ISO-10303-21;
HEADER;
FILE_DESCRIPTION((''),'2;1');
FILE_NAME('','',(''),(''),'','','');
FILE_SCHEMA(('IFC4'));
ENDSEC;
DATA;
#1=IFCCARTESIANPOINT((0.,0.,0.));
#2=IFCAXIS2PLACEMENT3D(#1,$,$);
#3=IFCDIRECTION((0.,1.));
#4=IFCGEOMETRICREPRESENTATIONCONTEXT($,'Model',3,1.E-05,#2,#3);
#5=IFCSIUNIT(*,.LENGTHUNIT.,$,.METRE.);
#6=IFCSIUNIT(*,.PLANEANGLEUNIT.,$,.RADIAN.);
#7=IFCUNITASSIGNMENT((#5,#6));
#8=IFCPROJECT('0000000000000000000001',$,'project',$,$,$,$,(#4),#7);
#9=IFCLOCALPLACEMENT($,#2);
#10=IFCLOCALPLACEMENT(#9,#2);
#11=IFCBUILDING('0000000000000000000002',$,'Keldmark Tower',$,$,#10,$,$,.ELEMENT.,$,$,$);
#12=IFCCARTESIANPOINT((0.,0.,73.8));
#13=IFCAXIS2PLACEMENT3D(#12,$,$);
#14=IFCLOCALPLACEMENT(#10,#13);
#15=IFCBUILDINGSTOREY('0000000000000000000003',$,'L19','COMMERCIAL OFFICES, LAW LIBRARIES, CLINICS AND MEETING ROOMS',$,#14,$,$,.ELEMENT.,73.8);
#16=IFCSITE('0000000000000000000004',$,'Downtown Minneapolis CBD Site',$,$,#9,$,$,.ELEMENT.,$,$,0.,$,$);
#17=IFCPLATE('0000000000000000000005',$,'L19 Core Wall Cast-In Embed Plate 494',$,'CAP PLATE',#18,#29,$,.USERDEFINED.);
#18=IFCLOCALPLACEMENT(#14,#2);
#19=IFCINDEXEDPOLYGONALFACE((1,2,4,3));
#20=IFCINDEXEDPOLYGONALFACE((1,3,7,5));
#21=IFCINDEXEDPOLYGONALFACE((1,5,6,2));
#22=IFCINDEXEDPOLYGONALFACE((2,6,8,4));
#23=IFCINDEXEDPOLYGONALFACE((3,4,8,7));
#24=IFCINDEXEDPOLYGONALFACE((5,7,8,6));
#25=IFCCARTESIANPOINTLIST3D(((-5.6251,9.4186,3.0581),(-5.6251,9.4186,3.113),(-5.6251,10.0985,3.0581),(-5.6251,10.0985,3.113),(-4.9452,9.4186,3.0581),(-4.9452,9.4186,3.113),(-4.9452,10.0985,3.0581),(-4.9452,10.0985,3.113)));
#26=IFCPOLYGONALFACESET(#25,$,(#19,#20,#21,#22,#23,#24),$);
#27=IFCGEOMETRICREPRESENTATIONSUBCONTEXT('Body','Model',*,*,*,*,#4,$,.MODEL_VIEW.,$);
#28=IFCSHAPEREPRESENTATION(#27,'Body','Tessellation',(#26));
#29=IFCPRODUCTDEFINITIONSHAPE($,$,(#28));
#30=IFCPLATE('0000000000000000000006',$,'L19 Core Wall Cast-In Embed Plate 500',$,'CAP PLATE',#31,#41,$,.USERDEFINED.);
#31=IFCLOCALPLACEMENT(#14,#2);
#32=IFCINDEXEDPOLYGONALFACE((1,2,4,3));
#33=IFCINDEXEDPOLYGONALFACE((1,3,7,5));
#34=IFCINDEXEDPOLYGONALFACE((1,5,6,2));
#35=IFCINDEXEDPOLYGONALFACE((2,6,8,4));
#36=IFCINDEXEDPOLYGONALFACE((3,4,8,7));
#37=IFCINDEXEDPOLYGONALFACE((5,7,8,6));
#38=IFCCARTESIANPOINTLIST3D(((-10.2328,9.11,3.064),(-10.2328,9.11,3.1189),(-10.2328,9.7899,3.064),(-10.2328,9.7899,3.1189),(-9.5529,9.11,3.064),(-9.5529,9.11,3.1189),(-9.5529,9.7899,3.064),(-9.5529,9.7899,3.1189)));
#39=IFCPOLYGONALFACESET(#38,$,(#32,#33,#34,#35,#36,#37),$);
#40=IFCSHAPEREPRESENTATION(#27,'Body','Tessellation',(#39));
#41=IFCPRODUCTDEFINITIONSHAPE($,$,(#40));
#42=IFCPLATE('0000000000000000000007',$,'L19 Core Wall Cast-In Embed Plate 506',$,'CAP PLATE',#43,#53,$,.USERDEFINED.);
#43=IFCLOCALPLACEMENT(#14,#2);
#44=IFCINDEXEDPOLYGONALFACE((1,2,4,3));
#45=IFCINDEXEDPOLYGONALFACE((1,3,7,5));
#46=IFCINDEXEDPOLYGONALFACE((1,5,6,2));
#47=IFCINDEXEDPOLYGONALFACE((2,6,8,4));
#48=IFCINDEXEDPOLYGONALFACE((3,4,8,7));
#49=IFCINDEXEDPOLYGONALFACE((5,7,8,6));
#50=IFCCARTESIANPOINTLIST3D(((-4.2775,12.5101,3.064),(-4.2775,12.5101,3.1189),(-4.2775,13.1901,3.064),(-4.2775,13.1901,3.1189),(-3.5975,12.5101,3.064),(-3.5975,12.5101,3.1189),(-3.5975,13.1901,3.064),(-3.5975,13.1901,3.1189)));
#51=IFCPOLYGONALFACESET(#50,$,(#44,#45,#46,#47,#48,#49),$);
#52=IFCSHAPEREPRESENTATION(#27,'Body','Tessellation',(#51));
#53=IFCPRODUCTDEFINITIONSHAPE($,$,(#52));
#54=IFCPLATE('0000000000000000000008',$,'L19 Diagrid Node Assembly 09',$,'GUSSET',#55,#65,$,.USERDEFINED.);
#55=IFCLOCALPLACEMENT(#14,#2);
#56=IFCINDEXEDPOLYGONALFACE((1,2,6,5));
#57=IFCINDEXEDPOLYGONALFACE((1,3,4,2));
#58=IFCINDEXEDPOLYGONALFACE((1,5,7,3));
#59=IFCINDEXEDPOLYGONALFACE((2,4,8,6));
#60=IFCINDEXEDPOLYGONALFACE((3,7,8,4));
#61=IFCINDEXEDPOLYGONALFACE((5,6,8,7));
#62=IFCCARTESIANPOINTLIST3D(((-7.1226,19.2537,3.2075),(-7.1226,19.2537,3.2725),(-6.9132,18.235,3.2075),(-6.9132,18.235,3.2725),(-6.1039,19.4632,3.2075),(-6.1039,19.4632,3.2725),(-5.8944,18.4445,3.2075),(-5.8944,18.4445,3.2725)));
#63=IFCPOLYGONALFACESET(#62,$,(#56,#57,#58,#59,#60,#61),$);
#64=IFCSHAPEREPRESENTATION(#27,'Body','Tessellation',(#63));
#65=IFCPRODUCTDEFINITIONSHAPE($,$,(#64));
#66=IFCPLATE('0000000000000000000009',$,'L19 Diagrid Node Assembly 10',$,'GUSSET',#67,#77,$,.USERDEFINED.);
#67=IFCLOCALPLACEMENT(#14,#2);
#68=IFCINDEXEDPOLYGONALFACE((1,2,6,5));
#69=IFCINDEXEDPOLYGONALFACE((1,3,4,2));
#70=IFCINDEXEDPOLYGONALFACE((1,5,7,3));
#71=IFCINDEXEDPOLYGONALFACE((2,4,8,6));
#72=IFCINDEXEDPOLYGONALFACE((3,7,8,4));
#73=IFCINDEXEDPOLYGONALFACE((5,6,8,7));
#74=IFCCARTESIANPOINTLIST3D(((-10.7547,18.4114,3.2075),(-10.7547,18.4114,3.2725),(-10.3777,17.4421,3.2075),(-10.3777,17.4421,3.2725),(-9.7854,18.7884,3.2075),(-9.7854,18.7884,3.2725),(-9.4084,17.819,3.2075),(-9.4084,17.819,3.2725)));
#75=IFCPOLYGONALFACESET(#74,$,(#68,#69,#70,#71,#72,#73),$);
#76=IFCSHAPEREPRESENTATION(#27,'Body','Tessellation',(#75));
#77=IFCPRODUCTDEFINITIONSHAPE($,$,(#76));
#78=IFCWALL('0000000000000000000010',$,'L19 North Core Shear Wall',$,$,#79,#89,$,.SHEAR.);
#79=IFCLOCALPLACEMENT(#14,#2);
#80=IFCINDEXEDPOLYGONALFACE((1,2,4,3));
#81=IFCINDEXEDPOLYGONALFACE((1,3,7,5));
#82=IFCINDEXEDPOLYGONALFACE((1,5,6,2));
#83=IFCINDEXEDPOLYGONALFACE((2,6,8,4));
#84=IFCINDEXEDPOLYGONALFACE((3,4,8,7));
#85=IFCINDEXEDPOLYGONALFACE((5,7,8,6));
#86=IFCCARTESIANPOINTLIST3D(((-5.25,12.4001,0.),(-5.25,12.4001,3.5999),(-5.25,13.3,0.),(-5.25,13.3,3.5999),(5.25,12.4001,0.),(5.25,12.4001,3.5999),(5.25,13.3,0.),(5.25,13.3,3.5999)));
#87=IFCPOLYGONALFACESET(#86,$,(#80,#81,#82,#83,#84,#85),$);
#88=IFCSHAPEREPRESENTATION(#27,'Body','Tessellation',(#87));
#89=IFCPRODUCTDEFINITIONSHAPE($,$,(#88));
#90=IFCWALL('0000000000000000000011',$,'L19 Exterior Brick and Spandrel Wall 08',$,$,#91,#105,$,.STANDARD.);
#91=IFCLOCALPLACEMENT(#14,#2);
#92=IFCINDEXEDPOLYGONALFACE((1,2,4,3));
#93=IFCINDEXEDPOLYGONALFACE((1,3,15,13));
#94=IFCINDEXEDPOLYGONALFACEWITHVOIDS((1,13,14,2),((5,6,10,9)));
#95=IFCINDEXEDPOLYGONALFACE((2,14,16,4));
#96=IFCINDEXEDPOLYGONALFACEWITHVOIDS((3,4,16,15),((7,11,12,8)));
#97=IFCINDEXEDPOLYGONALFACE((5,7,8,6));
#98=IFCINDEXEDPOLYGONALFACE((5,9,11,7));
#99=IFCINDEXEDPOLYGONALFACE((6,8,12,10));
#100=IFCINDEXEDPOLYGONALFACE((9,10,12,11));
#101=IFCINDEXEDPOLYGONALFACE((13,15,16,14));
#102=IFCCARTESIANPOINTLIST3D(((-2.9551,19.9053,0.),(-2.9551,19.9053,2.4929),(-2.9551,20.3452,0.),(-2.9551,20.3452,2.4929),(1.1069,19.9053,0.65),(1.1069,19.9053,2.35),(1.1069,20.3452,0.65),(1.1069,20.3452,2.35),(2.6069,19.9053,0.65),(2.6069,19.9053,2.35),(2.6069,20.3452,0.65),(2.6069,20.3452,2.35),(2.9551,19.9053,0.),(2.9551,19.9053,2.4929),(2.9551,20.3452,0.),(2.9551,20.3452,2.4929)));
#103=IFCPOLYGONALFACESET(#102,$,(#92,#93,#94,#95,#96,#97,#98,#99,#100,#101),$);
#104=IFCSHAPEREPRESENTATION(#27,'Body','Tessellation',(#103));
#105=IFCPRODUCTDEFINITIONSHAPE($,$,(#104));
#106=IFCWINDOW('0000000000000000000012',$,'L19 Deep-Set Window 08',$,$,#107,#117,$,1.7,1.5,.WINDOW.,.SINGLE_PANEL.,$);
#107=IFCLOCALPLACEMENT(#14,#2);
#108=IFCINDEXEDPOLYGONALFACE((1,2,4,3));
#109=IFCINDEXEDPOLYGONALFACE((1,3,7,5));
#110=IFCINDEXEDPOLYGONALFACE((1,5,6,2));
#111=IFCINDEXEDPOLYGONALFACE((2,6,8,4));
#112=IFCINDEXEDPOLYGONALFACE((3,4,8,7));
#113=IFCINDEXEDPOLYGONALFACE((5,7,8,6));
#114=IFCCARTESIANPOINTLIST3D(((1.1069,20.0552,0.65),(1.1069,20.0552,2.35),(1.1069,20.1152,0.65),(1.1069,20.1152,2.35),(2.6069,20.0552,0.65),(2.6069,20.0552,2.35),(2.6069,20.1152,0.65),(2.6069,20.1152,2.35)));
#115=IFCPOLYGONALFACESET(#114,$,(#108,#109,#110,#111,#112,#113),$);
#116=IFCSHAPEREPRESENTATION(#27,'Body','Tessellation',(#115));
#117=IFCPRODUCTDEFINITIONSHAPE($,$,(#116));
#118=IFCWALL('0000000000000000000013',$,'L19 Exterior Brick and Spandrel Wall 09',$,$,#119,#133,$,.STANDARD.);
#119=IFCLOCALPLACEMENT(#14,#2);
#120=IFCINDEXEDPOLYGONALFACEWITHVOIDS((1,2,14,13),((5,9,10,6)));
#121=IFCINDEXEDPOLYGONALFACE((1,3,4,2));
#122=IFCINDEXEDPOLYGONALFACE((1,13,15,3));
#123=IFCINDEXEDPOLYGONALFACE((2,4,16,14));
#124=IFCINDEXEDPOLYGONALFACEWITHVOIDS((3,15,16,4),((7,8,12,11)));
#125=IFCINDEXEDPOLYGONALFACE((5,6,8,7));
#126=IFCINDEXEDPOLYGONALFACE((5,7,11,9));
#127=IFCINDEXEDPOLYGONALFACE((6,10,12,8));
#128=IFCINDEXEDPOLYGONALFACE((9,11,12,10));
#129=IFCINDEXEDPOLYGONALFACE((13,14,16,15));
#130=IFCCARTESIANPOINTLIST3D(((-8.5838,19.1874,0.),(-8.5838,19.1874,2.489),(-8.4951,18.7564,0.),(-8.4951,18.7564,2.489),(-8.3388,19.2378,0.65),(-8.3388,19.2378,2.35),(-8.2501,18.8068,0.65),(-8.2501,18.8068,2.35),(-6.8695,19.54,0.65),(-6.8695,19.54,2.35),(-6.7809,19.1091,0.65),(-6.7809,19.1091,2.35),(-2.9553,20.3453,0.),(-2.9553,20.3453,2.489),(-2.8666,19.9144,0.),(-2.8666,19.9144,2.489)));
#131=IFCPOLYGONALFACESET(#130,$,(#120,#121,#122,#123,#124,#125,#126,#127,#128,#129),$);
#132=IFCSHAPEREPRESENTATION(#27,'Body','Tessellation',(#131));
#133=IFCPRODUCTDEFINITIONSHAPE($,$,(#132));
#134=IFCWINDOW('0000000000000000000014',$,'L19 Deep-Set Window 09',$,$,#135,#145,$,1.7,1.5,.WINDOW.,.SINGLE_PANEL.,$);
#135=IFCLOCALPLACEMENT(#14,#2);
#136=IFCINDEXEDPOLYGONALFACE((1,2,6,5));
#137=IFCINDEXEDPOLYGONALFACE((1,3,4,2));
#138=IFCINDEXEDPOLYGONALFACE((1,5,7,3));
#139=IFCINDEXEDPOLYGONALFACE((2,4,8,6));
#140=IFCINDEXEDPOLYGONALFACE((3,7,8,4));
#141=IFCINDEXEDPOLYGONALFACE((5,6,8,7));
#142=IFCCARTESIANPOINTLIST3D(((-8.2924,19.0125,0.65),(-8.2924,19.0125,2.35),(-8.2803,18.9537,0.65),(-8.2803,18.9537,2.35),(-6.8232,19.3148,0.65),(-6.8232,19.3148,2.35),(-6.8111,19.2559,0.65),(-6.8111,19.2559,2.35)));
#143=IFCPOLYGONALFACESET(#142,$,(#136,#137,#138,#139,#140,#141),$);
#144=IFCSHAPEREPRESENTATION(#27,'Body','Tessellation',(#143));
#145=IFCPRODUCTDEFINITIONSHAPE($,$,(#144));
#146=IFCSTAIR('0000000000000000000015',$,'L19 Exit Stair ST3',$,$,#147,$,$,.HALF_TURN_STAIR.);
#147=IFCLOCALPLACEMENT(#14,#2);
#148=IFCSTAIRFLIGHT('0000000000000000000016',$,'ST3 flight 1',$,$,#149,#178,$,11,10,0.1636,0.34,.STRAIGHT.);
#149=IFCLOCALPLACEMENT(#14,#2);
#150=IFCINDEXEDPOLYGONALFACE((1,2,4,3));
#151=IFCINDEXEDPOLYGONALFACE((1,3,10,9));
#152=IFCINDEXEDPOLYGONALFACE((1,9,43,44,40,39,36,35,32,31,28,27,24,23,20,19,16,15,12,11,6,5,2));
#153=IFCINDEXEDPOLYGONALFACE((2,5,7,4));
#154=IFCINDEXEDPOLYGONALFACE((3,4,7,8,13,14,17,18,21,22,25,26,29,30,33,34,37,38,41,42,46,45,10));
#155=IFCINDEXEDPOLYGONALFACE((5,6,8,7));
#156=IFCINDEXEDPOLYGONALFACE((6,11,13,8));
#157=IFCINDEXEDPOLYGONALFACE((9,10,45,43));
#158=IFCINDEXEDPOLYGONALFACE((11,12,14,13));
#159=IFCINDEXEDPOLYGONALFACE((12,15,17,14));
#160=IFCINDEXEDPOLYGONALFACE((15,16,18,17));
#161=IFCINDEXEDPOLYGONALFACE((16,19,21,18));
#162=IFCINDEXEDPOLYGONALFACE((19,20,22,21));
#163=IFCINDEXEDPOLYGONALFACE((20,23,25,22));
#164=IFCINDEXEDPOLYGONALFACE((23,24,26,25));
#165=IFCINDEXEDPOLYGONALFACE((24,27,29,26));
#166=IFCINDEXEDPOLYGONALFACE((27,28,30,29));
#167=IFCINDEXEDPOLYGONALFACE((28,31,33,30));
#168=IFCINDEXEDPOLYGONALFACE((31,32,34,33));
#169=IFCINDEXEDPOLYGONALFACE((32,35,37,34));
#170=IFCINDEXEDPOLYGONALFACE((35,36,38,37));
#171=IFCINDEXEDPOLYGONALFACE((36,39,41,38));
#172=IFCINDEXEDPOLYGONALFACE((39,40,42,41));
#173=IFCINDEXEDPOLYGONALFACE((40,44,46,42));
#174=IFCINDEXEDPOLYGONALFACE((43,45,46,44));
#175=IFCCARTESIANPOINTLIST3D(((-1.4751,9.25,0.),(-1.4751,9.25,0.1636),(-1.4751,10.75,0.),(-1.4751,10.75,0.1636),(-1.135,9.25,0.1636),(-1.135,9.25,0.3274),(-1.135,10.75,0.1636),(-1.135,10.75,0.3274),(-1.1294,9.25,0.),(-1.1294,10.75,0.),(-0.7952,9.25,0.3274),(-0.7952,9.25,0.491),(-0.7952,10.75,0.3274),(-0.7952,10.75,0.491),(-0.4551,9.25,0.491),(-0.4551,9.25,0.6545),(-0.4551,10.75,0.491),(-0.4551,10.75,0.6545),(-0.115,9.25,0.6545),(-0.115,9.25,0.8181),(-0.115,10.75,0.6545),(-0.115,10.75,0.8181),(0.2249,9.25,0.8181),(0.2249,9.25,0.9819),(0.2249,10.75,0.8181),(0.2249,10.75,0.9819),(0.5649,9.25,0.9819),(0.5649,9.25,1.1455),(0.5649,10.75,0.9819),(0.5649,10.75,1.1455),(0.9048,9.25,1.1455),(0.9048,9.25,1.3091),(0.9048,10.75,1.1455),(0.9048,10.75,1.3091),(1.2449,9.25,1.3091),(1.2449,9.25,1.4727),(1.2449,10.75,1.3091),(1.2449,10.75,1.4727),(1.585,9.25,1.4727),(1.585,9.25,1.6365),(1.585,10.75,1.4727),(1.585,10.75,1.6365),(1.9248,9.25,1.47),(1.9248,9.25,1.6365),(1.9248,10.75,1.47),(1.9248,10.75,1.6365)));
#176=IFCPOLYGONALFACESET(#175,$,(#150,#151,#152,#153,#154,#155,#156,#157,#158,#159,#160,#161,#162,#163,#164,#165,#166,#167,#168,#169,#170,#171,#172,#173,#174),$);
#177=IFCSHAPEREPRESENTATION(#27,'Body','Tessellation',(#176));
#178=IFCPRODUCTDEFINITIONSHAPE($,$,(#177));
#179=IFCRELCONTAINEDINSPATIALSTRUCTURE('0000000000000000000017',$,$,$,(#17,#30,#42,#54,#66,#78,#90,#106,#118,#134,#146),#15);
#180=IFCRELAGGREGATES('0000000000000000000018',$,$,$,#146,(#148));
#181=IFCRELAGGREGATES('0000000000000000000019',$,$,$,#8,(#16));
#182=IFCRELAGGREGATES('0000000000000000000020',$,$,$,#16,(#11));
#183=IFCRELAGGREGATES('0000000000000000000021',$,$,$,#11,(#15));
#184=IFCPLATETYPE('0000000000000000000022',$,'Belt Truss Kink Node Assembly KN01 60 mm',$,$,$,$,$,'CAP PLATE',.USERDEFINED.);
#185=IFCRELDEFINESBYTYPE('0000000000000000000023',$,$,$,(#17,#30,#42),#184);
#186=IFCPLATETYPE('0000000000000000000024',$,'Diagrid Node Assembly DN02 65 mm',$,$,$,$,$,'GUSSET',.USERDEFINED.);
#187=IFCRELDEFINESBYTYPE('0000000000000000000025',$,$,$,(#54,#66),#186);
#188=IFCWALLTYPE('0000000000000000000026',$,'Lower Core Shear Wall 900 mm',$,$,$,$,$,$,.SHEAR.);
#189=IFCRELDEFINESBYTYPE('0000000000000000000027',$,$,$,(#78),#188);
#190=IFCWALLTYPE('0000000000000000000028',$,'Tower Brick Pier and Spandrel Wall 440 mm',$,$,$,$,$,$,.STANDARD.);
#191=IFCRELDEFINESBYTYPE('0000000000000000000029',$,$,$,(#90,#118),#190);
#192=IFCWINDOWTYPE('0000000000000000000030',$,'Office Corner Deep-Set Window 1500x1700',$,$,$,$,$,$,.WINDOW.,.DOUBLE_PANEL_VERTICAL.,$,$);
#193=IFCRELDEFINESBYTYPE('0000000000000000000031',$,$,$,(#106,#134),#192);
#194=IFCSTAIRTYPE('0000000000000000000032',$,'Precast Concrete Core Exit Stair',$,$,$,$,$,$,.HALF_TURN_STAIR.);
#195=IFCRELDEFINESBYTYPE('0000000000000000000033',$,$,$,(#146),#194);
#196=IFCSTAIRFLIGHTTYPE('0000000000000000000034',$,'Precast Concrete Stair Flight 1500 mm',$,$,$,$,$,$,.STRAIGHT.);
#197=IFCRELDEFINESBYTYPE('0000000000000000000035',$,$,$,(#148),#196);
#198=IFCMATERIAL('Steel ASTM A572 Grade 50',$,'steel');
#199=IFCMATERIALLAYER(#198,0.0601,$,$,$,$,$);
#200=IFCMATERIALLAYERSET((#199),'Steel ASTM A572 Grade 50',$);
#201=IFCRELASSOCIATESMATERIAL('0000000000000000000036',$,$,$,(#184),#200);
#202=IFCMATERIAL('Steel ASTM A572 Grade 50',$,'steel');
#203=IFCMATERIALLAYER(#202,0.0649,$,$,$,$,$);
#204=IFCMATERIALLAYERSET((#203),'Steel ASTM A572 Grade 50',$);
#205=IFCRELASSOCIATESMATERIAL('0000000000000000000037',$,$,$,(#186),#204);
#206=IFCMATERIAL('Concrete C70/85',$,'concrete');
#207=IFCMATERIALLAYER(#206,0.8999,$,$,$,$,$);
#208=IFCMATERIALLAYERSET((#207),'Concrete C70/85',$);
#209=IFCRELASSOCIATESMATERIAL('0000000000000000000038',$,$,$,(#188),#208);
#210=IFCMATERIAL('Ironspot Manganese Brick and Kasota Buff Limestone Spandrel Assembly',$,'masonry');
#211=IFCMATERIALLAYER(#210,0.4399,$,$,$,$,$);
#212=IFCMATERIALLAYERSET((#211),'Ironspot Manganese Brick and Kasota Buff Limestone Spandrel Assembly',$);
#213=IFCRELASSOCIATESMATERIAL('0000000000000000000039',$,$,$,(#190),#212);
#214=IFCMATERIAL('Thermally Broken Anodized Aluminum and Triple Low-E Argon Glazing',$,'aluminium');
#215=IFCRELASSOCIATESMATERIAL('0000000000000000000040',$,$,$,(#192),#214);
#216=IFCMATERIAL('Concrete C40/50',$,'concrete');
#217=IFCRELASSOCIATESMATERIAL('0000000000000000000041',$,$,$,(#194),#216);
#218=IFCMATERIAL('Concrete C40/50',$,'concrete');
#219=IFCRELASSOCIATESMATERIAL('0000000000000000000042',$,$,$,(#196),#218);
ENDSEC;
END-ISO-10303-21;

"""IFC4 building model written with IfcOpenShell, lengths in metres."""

from ifc_helpers import new_model, si_unit, direction, frame, frame_2d, origin, origin_2d, place, context, subcontext, project, spatial, polyline, rectangle, outline, extrude, material, layer, layer_set, type_object, element, fill, aggregate, save


model = new_model("IFC4")

# Units and contexts
model_context = context("Model", 3, precision=1e-05, world=origin(), true_north=direction((0.0, 1.0)))
body_context = subcontext(model_context, "Body", "Model", "MODEL_VIEW")
ifc_project = project(units=[si_unit("LENGTHUNIT", "METRE"), si_unit("PLANEANGLEUNIT", "RADIAN")], contexts=[model_context])

# Site, building, storey
site_placement = place(None, origin())
site = spatial("IfcSite", under=ifc_project, at=site_placement, Name="Downtown Minneapolis CBD Site", CompositionType="ELEMENT", RefElevation=0.0)
building_placement = place(site_placement, origin())
building = spatial("IfcBuilding", under=site, at=building_placement, Name="Keldmark Tower", CompositionType="ELEMENT")
storey_placement = place(building_placement, frame((0.0, 0.0, 73.8)))
storey = spatial("IfcBuildingStorey", under=building, at=storey_placement, Name="L19", Description="COMMERCIAL OFFICES, LAW LIBRARIES, CLINICS AND MEETING ROOMS", CompositionType="ELEMENT", Elevation=73.8)

# Plates
ifc_material_1 = material(Name="Steel ASTM A572 Grade 50", Category="steel")
ifc_layer_1 = layer(ifc_material_1, 0.0601)
ifc_layer_set_1 = layer_set([ifc_layer_1], Name="Steel ASTM A572 Grade 50")
plate_type_1 = type_object("IfcPlateType", Name="Belt Truss Kink Node Assembly KN01 60 mm", ElementType="CAP PLATE", PredefinedType="USERDEFINED", material=ifc_layer_set_1)
for number, where, z_axis, x_axis, name in (
    (1, (-5.2852, 9.7585, 3.0581), (0.0, 0.0, 1.0), (1.0, 0.0, 0.0), "L19 Core Wall Cast-In Embed Plate 494"),
    (2, (-9.8928, 9.45, 3.064), (0.0, 0.0, 1.0), (1.0, 0.0, 0.0), "L19 Core Wall Cast-In Embed Plate 500"),
    (3, (-3.9375, 12.8501, 3.064), (0.0, 0.0, 1.0), (1.0, 0.0, 0.0), "L19 Core Wall Cast-In Embed Plate 506"),
):
    element("IfcPlate", number, at=place(storey_placement, frame(where, z_axis=z_axis, x_axis=x_axis)), inside=storey, type_object=plate_type_1, Name=name, ObjectType="CAP PLATE", PredefinedType="USERDEFINED", context=body_context, shape_type="SweptSolid", body=[
        extrude(rectangle(XDim=0.6799, YDim=0.6799, at=origin_2d()), origin(), (0.0, 0.0, 1.0), 0.0549),
    ])
ifc_material_2 = material(Name="Steel ASTM A572 Grade 50", Category="steel")
ifc_layer_2 = layer(ifc_material_2, 0.0649)
ifc_layer_set_2 = layer_set([ifc_layer_2], Name="Steel ASTM A572 Grade 50")
plate_type_2 = type_object("IfcPlateType", Name="Diagrid Node Assembly DN02 65 mm", ElementType="GUSSET", PredefinedType="USERDEFINED", material=ifc_layer_set_2)
for number, where, z_axis, x_axis, name in (
    (4, (-6.5085, 18.8491, 3.2075), (0.0, 0.0, 1.0), (-0.979505, -0.20142, 0.0), "L19 Diagrid Node Assembly 09"),
    (5, (-10.0815, 18.1152, 3.2075), (0.0, 0.0, 1.0), (-0.932008, -0.362438, 0.0), "L19 Diagrid Node Assembly 10"),
):
    element("IfcPlate", number, at=place(storey_placement, frame(where, z_axis=z_axis, x_axis=x_axis)), inside=storey, type_object=plate_type_2, Name=name, ObjectType="GUSSET", PredefinedType="USERDEFINED", context=body_context, shape_type="SweptSolid", body=[
        extrude(rectangle(XDim=1.04, YDim=1.04, at=origin_2d()), origin(), (0.0, 0.0, 1.0), 0.0649),
    ])

# Wall
ifc_material_3 = material(Name="Concrete C70/85", Category="concrete")
ifc_layer_3 = layer(ifc_material_3, 0.8999)
ifc_layer_set_3 = layer_set([ifc_layer_3], Name="Concrete C70/85")
wall_type_1 = type_object("IfcWallType", Name="Lower Core Shear Wall 900 mm", PredefinedType="SHEAR", material=ifc_layer_set_3)
wall_1_placement = place(storey_placement, frame((-5.25, 12.8501, 0.0), z_axis=(0.0, 0.0, 1.0), x_axis=(1.0, 0.0, 0.0)))
element("IfcWall", 6, at=wall_1_placement, inside=storey, type_object=wall_type_1, Name="L19 North Core Shear Wall", PredefinedType="SHEAR", context=body_context, shape_type="SweptSolid", body=[
    extrude(rectangle(XDim=10.5, YDim=0.8999, at=frame_2d((5.25, 0.0))), origin(), (0.0, 0.0, 1.0), 3.5999),
])

# Walls, openings, windows
ifc_material_4 = material(Name="Ironspot Manganese Brick and Kasota Buff Limestone Spandrel Assembly", Category="masonry")
ifc_layer_4 = layer(ifc_material_4, 0.4399)
ifc_layer_set_4 = layer_set([ifc_layer_4], Name="Ironspot Manganese Brick and Kasota Buff Limestone Spandrel Assembly")
wall_type_2 = type_object("IfcWallType", Name="Tower Brick Pier and Spandrel Wall 440 mm", PredefinedType="STANDARD", material=ifc_layer_set_4)
wall_2_placement = place(storey_placement, frame((-2.9551, 20.1252, 0.0), z_axis=(0.0, 0.0, 1.0), x_axis=(1.0, 0.0, 0.0)))
wall_2 = element("IfcWall", 7, at=wall_2_placement, inside=storey, type_object=wall_type_2, Name="L19 Exterior Brick and Spandrel Wall 08", PredefinedType="STANDARD", context=body_context, shape_type="SweptSolid", body=[
    extrude(rectangle(XDim=5.9102, YDim=0.4399, at=frame_2d((2.9551, 0.0))), origin(), (0.0, 0.0, 1.0), 2.4929),
])
opening_1_placement = place(wall_2_placement, frame((4.062, 0.0, 0.6499)))
opening_1 = element("IfcOpeningElement", 8, at=opening_1_placement, cuts=wall_2, PredefinedType="OPENING", context=body_context, shape_type="SweptSolid", body=[
    extrude(rectangle(XDim=1.5, YDim=1.7, at=frame_2d((0.75, 0.8501))), frame((0.0, 0.23, 0.0), z_axis=(0.0, -1.0, 0.0), x_axis=(1.0, 0.0, 0.0)), (0.0, 0.0, 1.0), 0.46),
])
ifc_material_5 = material(Name="Thermally Broken Anodized Aluminum and Triple Low-E Argon Glazing", Category="aluminium")
window_type = type_object("IfcWindowType", Name="Office Corner Deep-Set Window 1500x1700", PartitioningType="DOUBLE_PANEL_VERTICAL", PredefinedType="WINDOW", material=ifc_material_5)
window_1_placement = place(opening_1_placement, origin())
window_1 = element("IfcWindow", 9, at=window_1_placement, inside=storey, type_object=window_type, Name="L19 Deep-Set Window 08", OverallHeight=1.7, OverallWidth=1.5, PartitioningType="SINGLE_PANEL", PredefinedType="WINDOW", context=body_context, shape_type="SweptSolid", body=[
    extrude(rectangle(XDim=1.5, YDim=1.7, at=frame_2d((0.75, 0.8501))), frame((0.0, -0.01, 0.0), z_axis=(0.0, -1.0, 0.0), x_axis=(1.0, 0.0, 0.0)), (0.0, 0.0, 1.0), 0.0601),
])
fill(opening_1, window_1)
wall_3_placement = place(storey_placement, frame((-8.5393, 18.9719, 0.0), z_axis=(0.0, 0.0, 1.0), x_axis=(0.979486, 0.201514, 0.0)))
wall_3 = element("IfcWall", 10, at=wall_3_placement, inside=storey, type_object=wall_type_2, Name="L19 Exterior Brick and Spandrel Wall 09", PredefinedType="STANDARD", context=body_context, shape_type="SweptSolid", body=[
    extrude(rectangle(XDim=5.7463, YDim=0.4399, at=frame_2d((2.873, 0.0))), origin(), (0.0, 0.0, 1.0), 2.489),
])
opening_2_placement = place(wall_3_placement, frame((0.25, 0.0, 0.6499)))
opening_2 = element("IfcOpeningElement", 11, at=opening_2_placement, cuts=wall_3, PredefinedType="OPENING", context=body_context, shape_type="SweptSolid", body=[
    extrude(rectangle(XDim=1.5, YDim=1.7, at=frame_2d((0.75, 0.8501))), frame((0.0, 0.23, 0.0), z_axis=(0.0, -1.0, 0.0), x_axis=(1.0, 0.0, 0.0)), (0.0, 0.0, 1.0), 0.46),
])
window_2_placement = place(opening_2_placement, origin())
window_2 = element("IfcWindow", 12, at=window_2_placement, inside=storey, type_object=window_type, Name="L19 Deep-Set Window 09", OverallHeight=1.7, OverallWidth=1.5, PartitioningType="SINGLE_PANEL", PredefinedType="WINDOW", context=body_context, shape_type="SweptSolid", body=[
    extrude(rectangle(XDim=1.5, YDim=1.7, at=frame_2d((0.75, 0.8501))), frame((0.0, -0.01, 0.0), z_axis=(0.0, -1.0, 0.0), x_axis=(1.0, 0.0, 0.0)), (0.0, 0.0, 1.0), 0.0601),
])
fill(opening_2, window_2)

# Stair, stair flight
ifc_material_6 = material(Name="Concrete C40/50", Category="concrete")
stair_type = type_object("IfcStairType", Name="Precast Concrete Core Exit Stair", PredefinedType="HALF_TURN_STAIR", material=ifc_material_6)
stair_placement = place(storey_placement, origin())
stair = element("IfcStair", 13, at=stair_placement, inside=storey, type_object=stair_type, Name="L19 Exit Stair ST3", PredefinedType="HALF_TURN_STAIR")
ifc_material_7 = material(Name="Concrete C40/50", Category="concrete")
stair_flight_type = type_object("IfcStairFlightType", Name="Precast Concrete Stair Flight 1500 mm", PredefinedType="STRAIGHT", material=ifc_material_7)
stair_flight_placement = place(storey_placement, frame((-1.4751, 10.0, 0.0), z_axis=(0.0, 0.0, 1.0), x_axis=(1.0, 0.0, 0.0)))
stair_flight = element("IfcStairFlight", 14, at=stair_flight_placement, type_object=stair_flight_type, Name="ST3 flight 1", NumberOfRisers=11, NumberOfTreads=10, PredefinedType="STRAIGHT", RiserHeight=0.1636, TreadLength=0.34, context=body_context, shape_type="SweptSolid", body=[
    extrude(outline(polyline([(0.0, 0.0), (0.0, 0.1636), (0.3401, 0.1636), (0.3401, 0.3274), (0.6799, 0.3274), (0.6799, 0.491), (1.02, 0.491), (1.02, 0.6545), (1.3601, 0.6545), (1.3601, 0.8181), (1.7, 0.8181), (1.7, 0.9819), (2.04, 0.9819), (2.04, 1.1455), (2.3799, 1.1455), (2.3799, 1.3091), (2.72, 1.3091), (2.72, 1.4727), (3.0601, 1.4727), (3.0601, 1.6365), (3.3999, 1.6365), (3.3999, 1.8), (3.3999, 1.47), (0.3457, 0.0), (0.0, 0.0)])), frame((0.0, 0.75, 0.0), z_axis=(0.0, -1.0, 0.0), x_axis=(1.0, 0.0, 0.0)), (0.0, 0.0, 1.0), 1.5),
])
aggregate(stair, [stair_flight])

save(model, "model.ifc")
